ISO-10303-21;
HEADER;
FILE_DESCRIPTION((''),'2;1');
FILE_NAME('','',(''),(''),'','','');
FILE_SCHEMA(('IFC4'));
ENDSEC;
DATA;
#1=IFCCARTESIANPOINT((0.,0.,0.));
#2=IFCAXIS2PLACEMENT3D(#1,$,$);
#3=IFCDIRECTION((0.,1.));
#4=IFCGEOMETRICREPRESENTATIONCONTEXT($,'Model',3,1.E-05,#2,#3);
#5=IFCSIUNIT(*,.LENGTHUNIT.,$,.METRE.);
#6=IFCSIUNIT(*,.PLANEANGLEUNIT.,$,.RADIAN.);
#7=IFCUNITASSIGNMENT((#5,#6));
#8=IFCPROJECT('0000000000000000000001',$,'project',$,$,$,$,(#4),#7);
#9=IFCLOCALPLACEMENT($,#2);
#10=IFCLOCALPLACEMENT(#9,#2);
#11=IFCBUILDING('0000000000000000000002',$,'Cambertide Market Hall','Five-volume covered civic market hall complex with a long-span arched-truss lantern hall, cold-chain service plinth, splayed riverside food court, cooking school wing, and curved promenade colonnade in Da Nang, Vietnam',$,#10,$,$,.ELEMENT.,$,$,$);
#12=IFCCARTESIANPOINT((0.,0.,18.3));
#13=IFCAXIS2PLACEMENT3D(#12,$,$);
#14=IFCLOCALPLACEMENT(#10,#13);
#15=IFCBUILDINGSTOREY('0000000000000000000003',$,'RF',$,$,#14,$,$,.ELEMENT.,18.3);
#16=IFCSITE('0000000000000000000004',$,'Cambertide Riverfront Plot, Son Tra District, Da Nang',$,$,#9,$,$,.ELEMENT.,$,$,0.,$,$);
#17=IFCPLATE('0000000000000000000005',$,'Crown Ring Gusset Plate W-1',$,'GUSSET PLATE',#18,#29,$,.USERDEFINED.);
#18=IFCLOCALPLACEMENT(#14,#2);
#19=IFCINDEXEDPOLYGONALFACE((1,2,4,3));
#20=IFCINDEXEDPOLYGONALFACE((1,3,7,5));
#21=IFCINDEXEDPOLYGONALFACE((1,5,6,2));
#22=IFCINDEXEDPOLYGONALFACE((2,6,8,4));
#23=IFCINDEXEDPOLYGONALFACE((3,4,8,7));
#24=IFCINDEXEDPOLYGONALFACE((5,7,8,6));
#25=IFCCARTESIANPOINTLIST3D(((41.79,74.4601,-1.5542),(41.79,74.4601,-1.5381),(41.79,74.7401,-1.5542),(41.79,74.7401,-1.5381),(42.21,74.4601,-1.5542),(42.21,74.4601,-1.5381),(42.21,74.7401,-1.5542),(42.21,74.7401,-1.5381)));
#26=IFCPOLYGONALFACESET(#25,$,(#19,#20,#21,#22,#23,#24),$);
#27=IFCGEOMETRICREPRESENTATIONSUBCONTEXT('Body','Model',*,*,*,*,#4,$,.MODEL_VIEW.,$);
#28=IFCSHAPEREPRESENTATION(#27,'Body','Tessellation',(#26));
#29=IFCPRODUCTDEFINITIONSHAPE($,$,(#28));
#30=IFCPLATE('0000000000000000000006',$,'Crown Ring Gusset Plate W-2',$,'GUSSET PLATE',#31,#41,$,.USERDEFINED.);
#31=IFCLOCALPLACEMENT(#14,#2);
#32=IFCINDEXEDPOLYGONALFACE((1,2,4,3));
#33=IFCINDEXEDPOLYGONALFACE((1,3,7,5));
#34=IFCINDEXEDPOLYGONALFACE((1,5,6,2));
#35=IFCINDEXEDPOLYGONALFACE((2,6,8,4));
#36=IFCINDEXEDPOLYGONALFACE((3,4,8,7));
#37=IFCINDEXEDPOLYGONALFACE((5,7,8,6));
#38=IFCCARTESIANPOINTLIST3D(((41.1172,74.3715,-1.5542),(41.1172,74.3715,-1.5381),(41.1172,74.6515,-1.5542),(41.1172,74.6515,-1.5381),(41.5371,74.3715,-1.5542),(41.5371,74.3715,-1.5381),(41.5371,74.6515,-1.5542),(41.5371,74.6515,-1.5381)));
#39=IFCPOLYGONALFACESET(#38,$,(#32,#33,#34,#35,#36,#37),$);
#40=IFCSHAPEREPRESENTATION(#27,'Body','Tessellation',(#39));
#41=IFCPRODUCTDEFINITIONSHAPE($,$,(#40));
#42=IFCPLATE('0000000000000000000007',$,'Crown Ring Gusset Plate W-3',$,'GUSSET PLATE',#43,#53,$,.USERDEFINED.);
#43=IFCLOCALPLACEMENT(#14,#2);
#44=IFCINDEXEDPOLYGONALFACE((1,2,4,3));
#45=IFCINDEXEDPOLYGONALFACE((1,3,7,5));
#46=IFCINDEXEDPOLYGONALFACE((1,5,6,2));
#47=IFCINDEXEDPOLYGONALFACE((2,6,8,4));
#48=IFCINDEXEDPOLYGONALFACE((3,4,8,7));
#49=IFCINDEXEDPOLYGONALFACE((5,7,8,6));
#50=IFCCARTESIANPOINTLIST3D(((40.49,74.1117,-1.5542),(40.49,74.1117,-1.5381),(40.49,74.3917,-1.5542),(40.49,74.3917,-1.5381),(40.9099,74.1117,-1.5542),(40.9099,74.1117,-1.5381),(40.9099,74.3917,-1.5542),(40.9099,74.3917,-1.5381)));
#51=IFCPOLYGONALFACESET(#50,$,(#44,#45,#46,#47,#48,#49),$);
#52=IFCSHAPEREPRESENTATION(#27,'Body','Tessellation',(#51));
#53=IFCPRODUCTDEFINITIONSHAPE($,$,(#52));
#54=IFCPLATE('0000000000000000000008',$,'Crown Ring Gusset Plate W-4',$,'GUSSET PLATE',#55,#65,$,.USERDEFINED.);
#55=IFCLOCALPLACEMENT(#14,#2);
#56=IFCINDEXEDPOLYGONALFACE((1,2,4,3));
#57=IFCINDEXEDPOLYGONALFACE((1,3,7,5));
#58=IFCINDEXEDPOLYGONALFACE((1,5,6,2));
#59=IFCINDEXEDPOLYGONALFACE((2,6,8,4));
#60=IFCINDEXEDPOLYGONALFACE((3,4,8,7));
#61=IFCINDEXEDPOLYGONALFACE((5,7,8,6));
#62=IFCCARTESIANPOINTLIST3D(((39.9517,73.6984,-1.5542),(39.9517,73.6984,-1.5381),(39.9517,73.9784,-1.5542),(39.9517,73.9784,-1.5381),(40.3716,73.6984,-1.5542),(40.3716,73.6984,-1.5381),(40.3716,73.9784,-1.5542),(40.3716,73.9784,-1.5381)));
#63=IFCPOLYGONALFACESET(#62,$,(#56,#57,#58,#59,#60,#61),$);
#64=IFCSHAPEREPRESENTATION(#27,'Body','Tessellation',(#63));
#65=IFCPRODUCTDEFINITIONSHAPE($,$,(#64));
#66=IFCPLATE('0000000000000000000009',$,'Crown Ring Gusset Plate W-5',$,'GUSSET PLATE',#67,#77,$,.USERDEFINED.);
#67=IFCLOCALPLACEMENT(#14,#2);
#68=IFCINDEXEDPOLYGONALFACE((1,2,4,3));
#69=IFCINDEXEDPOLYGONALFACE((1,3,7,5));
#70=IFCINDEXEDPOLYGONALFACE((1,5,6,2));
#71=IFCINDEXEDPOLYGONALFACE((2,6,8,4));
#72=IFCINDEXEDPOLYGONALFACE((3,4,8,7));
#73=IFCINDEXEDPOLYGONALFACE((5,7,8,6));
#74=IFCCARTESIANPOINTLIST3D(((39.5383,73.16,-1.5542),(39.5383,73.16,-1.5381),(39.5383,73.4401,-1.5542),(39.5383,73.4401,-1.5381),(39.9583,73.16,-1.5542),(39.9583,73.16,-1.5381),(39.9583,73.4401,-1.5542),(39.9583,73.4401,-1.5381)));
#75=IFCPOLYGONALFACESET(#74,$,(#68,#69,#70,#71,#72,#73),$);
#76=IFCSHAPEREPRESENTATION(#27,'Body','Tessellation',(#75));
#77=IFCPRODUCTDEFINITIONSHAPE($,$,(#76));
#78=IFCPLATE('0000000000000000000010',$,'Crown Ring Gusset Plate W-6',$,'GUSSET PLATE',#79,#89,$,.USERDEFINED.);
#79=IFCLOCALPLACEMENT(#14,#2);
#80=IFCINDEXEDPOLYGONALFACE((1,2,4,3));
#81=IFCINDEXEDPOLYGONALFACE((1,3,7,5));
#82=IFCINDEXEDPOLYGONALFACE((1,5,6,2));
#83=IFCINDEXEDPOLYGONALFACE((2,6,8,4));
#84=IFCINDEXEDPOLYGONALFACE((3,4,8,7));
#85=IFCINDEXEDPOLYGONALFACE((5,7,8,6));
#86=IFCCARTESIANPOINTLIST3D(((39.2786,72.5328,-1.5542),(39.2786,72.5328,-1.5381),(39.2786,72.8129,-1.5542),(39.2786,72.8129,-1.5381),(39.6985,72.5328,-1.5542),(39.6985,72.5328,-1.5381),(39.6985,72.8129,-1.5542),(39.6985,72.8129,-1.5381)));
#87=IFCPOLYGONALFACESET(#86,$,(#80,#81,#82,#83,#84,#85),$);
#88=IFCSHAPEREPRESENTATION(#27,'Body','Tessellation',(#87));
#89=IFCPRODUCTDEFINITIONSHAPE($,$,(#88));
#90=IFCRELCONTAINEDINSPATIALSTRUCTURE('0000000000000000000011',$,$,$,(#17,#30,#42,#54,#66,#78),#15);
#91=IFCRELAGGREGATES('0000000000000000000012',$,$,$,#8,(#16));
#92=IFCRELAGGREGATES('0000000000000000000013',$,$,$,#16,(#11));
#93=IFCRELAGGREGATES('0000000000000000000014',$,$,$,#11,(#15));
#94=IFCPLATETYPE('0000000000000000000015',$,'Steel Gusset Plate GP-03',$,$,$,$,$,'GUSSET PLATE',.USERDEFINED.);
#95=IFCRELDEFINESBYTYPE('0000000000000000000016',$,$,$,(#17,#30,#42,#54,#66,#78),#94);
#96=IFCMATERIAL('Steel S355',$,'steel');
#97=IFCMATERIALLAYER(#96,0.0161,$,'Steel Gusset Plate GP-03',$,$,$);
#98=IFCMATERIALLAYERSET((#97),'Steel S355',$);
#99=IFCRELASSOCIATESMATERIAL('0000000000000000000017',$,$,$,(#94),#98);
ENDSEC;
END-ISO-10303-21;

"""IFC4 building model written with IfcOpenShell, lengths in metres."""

from ifc_helpers import new_model, si_unit, direction, frame, origin, origin_2d, place, context, subcontext, project, spatial, rectangle, extrude, material, layer, layer_set, type_object, element, save


model = new_model("IFC4")

# Units and contexts
model_context = context("Model", 3, precision=1e-05, world=origin(), true_north=direction((0.0, 1.0)))
body_context = subcontext(model_context, "Body", "Model", "MODEL_VIEW")
ifc_project = project(units=[si_unit("LENGTHUNIT", "METRE"), si_unit("PLANEANGLEUNIT", "RADIAN")], contexts=[model_context])

# Site, building, storey
site_placement = place(None, origin())
site = spatial("IfcSite", under=ifc_project, at=site_placement, Name="Cambertide Riverfront Plot, Son Tra District, Da Nang", CompositionType="ELEMENT", RefElevation=0.0)
building_placement = place(site_placement, origin())
building = spatial("IfcBuilding", under=site, at=building_placement, Name="Cambertide Market Hall", Description="Five-volume covered civic market hall complex with a long-span arched-truss lantern hall, cold-chain service plinth, splayed riverside food court, cooking school wing, and curved promenade colonnade in Da Nang, Vietnam", CompositionType="ELEMENT")
storey_placement = place(building_placement, frame((0.0, 0.0, 18.3)))
storey = spatial("IfcBuildingStorey", under=building, at=storey_placement, Name="RF", CompositionType="ELEMENT", Elevation=18.3)

# Plates
ifc_material_1 = material(Name="Steel S355", Category="steel")
ifc_layer_1 = layer(ifc_material_1, 0.0161, Name="Steel Gusset Plate GP-03")
ifc_layer_set_1 = layer_set([ifc_layer_1], Name="Steel S355")
plate_type_1 = type_object("IfcPlateType", Name="Steel Gusset Plate GP-03", ElementType="GUSSET PLATE", PredefinedType="USERDEFINED", material=ifc_layer_set_1)
for number, where, z_axis, x_axis, name in (
    (1, (42.0, 74.6001, -1.5542), (0.0, 0.0, 1.0), (1.0, 0.0, 0.0), "Crown Ring Gusset Plate W-1"),
    (2, (41.3271, 74.5115, -1.5542), (0.0, 0.0, 1.0), (1.0, 0.0, 0.0), "Crown Ring Gusset Plate W-2"),
    (3, (40.7, 74.2517, -1.5542), (0.0, 0.0, 1.0), (1.0, 0.0, 0.0), "Crown Ring Gusset Plate W-3"),
    (4, (40.1616, 73.8384, -1.5542), (0.0, 0.0, 1.0), (1.0, 0.0, 0.0), "Crown Ring Gusset Plate W-4"),
    (5, (39.7483, 73.3, -1.5542), (0.0, 0.0, 1.0), (1.0, 0.0, 0.0), "Crown Ring Gusset Plate W-5"),
    (6, (39.4885, 72.6729, -1.5542), (0.0, 0.0, 1.0), (1.0, 0.0, 0.0), "Crown Ring Gusset Plate W-6"),
):
    element("IfcPlate", number, at=place(storey_placement, frame(where, z_axis=z_axis, x_axis=x_axis)), inside=storey, type_object=plate_type_1, Name=name, ObjectType="GUSSET PLATE", PredefinedType="USERDEFINED", context=body_context, shape_type="SweptSolid", body=[
        extrude(rectangle(XDim=0.4199, YDim=0.28, at=origin_2d()), origin(), (0.0, 0.0, 1.0), 0.0161),
    ])

save(model, "model.ifc")
